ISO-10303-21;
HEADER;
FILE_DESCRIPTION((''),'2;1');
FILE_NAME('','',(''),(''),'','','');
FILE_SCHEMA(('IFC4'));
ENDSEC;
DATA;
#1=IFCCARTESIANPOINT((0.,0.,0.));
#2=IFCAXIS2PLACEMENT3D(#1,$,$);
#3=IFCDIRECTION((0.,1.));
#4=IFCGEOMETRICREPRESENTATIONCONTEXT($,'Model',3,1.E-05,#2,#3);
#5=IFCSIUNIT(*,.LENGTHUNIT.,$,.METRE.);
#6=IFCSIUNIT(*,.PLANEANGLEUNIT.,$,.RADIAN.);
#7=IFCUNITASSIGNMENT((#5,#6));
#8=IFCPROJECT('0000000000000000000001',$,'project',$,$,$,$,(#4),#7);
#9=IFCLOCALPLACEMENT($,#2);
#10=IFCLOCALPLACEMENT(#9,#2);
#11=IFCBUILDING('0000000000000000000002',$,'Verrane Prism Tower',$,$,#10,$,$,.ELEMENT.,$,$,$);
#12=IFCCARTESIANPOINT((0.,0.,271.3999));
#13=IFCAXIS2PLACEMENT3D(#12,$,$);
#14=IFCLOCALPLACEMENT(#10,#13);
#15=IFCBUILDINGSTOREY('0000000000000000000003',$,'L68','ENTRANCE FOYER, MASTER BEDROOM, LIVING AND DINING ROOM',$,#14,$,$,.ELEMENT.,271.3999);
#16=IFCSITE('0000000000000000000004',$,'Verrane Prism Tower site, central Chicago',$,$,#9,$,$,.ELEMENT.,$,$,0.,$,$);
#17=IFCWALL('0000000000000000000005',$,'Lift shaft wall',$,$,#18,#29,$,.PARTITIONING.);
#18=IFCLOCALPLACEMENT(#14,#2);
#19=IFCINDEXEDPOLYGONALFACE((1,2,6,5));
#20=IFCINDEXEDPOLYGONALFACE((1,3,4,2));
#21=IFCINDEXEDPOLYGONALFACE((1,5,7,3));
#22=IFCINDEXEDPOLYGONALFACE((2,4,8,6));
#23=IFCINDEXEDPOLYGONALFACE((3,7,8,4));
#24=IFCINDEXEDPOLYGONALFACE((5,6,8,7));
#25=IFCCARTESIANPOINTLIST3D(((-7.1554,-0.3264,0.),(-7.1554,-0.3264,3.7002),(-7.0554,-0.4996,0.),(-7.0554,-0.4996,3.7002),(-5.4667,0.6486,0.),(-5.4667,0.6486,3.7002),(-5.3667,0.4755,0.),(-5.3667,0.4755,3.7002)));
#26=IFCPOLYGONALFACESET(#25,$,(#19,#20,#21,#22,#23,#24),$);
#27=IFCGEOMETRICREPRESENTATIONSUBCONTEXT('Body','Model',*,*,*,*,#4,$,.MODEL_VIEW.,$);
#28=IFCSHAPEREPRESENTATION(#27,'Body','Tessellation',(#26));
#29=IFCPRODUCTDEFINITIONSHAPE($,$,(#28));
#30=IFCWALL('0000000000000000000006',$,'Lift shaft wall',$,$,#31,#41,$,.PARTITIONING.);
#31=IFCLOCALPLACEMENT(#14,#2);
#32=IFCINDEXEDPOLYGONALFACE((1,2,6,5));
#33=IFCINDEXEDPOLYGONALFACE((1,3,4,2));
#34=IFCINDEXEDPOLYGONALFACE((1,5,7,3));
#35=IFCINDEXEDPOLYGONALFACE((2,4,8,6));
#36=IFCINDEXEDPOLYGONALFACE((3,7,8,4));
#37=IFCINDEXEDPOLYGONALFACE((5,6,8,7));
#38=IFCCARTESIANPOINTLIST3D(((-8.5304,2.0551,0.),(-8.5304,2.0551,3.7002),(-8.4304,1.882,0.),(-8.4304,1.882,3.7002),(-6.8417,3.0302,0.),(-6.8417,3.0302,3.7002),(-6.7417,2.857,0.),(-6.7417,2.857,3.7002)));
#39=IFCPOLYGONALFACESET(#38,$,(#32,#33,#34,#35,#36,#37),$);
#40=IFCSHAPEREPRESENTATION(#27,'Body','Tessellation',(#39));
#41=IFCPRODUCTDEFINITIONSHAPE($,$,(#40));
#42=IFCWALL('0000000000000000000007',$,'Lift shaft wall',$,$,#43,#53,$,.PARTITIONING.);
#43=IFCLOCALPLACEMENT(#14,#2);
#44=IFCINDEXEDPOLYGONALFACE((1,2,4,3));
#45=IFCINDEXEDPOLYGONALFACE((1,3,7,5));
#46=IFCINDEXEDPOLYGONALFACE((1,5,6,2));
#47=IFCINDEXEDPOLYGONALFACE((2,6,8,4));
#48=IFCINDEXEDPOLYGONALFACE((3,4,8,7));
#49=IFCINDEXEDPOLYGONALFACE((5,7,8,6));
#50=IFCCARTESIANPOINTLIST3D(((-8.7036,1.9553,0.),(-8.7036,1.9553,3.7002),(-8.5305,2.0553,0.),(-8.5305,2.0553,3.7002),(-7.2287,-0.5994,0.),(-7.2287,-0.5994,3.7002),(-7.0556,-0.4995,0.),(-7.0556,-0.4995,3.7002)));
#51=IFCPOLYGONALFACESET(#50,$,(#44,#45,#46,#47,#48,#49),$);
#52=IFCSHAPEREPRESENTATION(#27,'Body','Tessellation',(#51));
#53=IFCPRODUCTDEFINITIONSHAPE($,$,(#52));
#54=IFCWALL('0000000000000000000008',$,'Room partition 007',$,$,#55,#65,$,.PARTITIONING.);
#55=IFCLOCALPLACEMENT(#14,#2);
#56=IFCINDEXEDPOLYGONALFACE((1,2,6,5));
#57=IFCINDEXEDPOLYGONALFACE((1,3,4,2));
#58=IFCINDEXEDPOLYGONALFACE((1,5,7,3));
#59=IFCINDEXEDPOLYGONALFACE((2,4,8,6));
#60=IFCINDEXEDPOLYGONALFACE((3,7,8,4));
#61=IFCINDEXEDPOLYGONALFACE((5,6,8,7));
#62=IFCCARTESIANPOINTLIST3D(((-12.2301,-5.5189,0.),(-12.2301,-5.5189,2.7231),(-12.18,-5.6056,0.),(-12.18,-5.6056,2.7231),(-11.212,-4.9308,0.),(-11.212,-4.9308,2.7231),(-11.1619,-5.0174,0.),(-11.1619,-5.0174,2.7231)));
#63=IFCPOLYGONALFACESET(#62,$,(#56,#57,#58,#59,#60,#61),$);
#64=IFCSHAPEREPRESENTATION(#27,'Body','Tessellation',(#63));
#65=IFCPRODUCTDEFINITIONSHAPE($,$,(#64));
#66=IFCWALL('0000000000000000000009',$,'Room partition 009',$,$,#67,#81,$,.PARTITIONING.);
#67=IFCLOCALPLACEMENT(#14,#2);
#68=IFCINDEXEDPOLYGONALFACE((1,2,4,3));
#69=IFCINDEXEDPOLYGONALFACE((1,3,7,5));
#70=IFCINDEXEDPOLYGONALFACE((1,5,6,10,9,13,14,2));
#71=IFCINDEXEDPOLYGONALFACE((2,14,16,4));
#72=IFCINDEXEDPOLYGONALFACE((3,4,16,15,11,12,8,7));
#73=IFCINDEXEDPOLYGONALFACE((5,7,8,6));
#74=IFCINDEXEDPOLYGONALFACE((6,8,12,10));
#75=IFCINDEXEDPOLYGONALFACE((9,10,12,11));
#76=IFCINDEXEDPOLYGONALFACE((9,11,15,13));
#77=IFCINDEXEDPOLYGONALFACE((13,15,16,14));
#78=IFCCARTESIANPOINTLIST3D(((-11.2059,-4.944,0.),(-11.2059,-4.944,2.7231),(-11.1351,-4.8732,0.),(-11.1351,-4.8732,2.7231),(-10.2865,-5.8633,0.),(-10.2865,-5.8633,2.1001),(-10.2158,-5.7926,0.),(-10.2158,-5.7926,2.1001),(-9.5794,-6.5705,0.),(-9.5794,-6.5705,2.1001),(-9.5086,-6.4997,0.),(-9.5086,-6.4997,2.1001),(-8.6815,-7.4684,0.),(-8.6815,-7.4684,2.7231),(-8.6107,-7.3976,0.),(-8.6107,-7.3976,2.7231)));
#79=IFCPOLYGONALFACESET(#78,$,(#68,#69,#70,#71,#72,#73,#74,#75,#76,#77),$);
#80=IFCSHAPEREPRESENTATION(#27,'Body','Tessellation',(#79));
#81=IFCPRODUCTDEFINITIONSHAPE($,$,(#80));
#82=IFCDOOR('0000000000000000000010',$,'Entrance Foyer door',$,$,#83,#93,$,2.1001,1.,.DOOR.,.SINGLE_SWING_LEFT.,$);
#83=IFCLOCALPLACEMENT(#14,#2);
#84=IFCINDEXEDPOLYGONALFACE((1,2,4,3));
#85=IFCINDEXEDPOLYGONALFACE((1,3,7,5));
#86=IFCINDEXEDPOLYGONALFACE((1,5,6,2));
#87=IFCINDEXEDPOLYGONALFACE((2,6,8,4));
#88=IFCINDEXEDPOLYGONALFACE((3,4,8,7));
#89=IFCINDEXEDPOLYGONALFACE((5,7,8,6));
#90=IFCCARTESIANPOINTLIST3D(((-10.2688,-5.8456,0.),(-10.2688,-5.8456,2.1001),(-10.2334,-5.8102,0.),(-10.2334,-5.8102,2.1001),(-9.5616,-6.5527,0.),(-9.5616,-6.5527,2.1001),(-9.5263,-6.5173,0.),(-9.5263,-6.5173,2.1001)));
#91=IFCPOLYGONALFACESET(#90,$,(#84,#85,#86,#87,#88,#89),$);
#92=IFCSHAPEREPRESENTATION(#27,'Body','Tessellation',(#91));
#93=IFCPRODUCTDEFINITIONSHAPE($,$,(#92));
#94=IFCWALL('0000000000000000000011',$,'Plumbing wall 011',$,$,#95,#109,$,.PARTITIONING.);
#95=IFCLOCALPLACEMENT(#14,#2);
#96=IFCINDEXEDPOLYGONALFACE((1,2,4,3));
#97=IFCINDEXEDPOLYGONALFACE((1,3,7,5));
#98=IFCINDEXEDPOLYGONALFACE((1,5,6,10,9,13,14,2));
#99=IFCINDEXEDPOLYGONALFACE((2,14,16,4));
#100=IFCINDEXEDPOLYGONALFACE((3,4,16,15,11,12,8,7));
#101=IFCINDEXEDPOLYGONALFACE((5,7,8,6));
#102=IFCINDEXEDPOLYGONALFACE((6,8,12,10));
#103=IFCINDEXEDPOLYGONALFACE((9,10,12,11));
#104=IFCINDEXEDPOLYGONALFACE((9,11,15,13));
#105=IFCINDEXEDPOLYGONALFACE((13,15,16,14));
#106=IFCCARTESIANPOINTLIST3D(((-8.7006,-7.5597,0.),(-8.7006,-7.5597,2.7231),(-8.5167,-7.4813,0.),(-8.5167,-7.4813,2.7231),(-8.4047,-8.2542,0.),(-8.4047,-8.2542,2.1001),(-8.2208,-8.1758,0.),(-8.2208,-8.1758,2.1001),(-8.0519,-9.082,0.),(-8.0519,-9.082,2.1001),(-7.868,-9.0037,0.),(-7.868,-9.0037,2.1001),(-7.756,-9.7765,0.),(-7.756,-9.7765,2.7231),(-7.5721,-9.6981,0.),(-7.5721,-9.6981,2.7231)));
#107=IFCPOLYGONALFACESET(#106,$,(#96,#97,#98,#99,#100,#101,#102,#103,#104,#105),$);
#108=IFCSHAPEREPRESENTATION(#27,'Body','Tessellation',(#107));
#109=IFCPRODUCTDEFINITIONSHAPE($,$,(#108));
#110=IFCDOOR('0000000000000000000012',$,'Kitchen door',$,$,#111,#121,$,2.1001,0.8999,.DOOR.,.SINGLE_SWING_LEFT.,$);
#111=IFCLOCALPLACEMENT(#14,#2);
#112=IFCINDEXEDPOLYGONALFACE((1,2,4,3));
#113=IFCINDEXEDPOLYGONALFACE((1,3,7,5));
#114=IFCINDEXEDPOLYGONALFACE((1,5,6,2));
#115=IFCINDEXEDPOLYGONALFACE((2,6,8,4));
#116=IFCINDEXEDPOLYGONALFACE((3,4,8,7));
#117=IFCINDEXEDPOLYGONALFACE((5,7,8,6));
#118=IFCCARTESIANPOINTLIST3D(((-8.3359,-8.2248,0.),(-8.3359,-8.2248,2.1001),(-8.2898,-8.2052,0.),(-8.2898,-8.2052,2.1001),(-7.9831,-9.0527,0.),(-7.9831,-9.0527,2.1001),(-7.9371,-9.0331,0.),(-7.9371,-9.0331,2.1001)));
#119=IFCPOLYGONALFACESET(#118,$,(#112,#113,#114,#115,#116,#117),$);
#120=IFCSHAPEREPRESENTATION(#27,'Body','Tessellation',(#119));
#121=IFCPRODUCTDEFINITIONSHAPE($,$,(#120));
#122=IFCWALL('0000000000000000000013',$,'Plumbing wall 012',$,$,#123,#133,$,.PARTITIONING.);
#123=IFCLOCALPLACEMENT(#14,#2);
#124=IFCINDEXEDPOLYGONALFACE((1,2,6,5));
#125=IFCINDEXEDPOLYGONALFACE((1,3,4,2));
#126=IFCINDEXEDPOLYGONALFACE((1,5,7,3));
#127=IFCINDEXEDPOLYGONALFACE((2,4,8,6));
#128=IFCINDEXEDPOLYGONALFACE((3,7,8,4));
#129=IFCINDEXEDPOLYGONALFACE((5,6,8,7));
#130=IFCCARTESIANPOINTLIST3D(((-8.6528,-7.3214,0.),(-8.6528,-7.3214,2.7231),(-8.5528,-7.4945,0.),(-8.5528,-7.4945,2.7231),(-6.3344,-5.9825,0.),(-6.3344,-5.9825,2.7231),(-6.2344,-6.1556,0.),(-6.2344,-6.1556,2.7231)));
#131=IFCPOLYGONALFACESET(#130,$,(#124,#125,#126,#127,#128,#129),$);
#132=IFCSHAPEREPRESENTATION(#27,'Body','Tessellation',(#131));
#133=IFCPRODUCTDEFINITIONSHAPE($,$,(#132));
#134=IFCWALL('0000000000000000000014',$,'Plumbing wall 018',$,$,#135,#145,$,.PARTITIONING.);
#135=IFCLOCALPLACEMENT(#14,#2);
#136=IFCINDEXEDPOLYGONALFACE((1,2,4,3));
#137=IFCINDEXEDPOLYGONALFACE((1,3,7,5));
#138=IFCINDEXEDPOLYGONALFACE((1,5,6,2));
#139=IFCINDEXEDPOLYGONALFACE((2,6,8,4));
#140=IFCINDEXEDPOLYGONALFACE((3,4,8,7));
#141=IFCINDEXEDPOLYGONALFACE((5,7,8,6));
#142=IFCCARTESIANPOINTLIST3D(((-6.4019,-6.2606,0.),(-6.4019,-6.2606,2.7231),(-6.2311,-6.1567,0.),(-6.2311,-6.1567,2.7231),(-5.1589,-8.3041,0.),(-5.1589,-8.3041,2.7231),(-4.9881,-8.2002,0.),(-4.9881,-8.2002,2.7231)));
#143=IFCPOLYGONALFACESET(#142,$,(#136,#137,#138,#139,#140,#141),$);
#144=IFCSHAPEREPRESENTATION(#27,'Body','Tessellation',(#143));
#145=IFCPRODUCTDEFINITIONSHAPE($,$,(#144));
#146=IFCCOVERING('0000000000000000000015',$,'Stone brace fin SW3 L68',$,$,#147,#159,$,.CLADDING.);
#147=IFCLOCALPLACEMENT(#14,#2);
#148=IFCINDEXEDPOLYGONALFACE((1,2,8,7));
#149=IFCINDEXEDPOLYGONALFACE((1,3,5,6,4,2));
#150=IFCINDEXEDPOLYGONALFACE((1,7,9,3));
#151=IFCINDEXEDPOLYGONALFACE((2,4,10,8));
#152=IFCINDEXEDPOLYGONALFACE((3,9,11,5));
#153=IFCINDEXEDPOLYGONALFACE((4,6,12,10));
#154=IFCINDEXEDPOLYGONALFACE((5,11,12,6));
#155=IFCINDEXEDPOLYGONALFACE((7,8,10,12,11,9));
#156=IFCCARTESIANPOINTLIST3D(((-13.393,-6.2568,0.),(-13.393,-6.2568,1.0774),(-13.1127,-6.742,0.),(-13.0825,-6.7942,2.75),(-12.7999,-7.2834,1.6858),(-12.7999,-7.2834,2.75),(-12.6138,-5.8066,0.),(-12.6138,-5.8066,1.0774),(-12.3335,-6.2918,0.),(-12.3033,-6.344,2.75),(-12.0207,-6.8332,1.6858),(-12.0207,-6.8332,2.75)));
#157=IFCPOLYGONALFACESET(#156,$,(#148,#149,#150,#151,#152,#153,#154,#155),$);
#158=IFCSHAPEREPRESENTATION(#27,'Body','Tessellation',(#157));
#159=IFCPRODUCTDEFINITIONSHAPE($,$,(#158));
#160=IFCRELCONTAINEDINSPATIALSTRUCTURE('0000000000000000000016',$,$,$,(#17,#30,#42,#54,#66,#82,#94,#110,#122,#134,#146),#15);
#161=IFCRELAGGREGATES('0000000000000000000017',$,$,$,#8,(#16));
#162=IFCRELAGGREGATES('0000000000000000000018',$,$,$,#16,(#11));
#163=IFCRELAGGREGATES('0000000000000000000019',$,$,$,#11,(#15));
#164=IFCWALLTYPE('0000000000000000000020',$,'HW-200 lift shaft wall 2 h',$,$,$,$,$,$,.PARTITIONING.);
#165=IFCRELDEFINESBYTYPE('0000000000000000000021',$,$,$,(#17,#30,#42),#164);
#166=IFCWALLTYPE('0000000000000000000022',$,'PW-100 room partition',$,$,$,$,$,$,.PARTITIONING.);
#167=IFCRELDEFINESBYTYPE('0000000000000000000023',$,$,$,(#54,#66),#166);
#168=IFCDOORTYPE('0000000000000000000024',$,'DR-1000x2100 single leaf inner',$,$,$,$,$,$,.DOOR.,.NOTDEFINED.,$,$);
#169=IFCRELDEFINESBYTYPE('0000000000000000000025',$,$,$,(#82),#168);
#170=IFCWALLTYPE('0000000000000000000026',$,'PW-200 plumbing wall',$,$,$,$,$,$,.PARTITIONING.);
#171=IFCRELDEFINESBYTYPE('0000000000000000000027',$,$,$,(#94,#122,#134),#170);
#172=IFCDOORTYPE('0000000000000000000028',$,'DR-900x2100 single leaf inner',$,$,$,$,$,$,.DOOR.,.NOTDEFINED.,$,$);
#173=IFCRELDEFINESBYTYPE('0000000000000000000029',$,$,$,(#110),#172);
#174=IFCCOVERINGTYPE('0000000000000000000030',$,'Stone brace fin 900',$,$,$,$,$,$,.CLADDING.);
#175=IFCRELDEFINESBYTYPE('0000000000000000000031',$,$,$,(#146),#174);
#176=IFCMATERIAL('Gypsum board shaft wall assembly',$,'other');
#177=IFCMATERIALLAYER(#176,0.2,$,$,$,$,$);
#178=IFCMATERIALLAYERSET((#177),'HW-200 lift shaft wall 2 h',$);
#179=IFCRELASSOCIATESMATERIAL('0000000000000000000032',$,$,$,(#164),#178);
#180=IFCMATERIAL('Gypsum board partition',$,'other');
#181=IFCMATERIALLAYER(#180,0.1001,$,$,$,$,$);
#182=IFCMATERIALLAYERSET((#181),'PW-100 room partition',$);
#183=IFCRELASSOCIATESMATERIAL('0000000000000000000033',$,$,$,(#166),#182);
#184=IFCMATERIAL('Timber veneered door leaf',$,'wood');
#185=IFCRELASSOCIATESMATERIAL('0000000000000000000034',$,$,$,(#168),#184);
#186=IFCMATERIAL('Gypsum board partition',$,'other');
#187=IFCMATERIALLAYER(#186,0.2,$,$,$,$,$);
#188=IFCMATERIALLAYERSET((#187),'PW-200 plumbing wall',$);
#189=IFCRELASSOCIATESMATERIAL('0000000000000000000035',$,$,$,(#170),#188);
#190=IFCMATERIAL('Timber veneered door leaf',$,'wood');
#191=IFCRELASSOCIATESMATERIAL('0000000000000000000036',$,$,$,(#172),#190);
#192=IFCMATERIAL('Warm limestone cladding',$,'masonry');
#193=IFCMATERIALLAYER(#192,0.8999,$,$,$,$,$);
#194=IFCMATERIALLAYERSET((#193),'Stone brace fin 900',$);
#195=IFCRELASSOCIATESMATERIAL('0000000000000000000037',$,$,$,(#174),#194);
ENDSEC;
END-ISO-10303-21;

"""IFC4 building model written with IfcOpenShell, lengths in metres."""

from ifc_helpers import new_model, si_unit, direction, frame, frame_2d, origin, place, context, subcontext, project, spatial, polyline, rectangle, outline, extrude, material, layer, layer_set, type_object, element, fill, save


model = new_model("IFC4")

# Units and contexts
model_context = context("Model", 3, precision=1e-05, world=origin(), true_north=direction((0.0, 1.0)))
body_context = subcontext(model_context, "Body", "Model", "MODEL_VIEW")
ifc_project = project(units=[si_unit("LENGTHUNIT", "METRE"), si_unit("PLANEANGLEUNIT", "RADIAN")], contexts=[model_context])

# Site, building, storey
site_placement = place(None, origin())
site = spatial("IfcSite", under=ifc_project, at=site_placement, Name="Verrane Prism Tower site, central Chicago", CompositionType="ELEMENT", RefElevation=0.0)
building_placement = place(site_placement, origin())
building = spatial("IfcBuilding", under=site, at=building_placement, Name="Verrane Prism Tower", CompositionType="ELEMENT")
storey_placement = place(building_placement, frame((0.0, 0.0, 271.3999)))
storey = spatial("IfcBuildingStorey", under=building, at=storey_placement, Name="L68", Description="ENTRANCE FOYER, MASTER BEDROOM, LIVING AND DINING ROOM", CompositionType="ELEMENT", Elevation=271.3999)

# Walls
ifc_material_1 = material(Name="Gypsum board shaft wall assembly", Category="other")
ifc_layer_1 = layer(ifc_material_1, 0.2)
ifc_layer_set_1 = layer_set([ifc_layer_1], Name="HW-200 lift shaft wall 2 h")
wall_type_1 = type_object("IfcWallType", Name="HW-200 lift shaft wall 2 h", PredefinedType="PARTITIONING", material=ifc_layer_set_1)
for number, where, z_axis, x_axis, name in (
    (1, (-7.1055, -0.4131, 0.0), (0.0, 0.0, 1.0), (0.866, 0.500044, 0.0), "Lift shaft wall"),
    (2, (-8.4805, 1.9685, 0.0), (0.0, 0.0, 1.0), (0.866, 0.500044, 0.0), "Lift shaft wall"),
):
    element("IfcWall", number, at=place(storey_placement, frame(where, z_axis=z_axis, x_axis=x_axis)), inside=storey, type_object=wall_type_1, Name=name, PredefinedType="PARTITIONING", context=body_context, shape_type="SweptSolid", body=[
        extrude(rectangle(XDim=1.95, YDim=0.2, at=frame_2d((0.9751, 0.0))), origin(), (0.0, 0.0, 1.0), 3.7002),
    ])
wall_1_placement = place(storey_placement, frame((-7.1421, -0.5496, 0.0), z_axis=(0.0, 0.0, 1.0), x_axis=(-0.499976, 0.866039, 0.0)))
element("IfcWall", 3, at=wall_1_placement, inside=storey, type_object=wall_type_1, Name="Lift shaft wall", PredefinedType="PARTITIONING", context=body_context, shape_type="SweptSolid", body=[
    extrude(rectangle(XDim=2.95, YDim=0.2, at=frame_2d((1.4751, 0.0))), origin(), (0.0, 0.0, 1.0), 3.7002),
])
ifc_material_2 = material(Name="Gypsum board partition", Category="other")
ifc_layer_2 = layer(ifc_material_2, 0.1001)
ifc_layer_set_2 = layer_set([ifc_layer_2], Name="PW-100 room partition")
wall_type_2 = type_object("IfcWallType", Name="PW-100 room partition", PredefinedType="PARTITIONING", material=ifc_layer_set_2)
wall_2_placement = place(storey_placement, frame((-12.2051, -5.5623, 0.0), z_axis=(0.0, 0.0, 1.0), x_axis=(0.865895, 0.500226, 0.0)))
element("IfcWall", 4, at=wall_2_placement, inside=storey, type_object=wall_type_2, Name="Room partition 007", PredefinedType="PARTITIONING", context=body_context, shape_type="SweptSolid", body=[
    extrude(rectangle(XDim=1.1758, YDim=0.1001, at=frame_2d((0.5879, 0.0))), origin(), (0.0, 0.0, 1.0), 2.7231),
])

# Walls, openings, doors
wall_3_placement = place(storey_placement, frame((-8.646, -7.4331, 0.0), z_axis=(0.0, 0.0, 1.0), x_axis=(-0.707107, 0.707107, 0.0)))
wall_3 = element("IfcWall", 5, at=wall_3_placement, inside=storey, type_object=wall_type_2, Name="Room partition 009", PredefinedType="PARTITIONING", context=body_context, shape_type="SweptSolid", body=[
    extrude(rectangle(XDim=3.5701, YDim=0.1001, at=frame_2d((1.7852, 0.0))), origin(), (0.0, 0.0, 1.0), 2.7231),
])
opening_1_placement = place(wall_3_placement, frame((1.27, 0.0, 0.0)))
opening_1 = element("IfcOpeningElement", 6, at=opening_1_placement, cuts=wall_3, PredefinedType="OPENING", context=body_context, shape_type="SweptSolid", body=[
    extrude(rectangle(XDim=1.0, YDim=2.1001, at=frame_2d((0.5, 1.05))), frame((0.0, 0.0601, 0.0), z_axis=(0.0, -1.0, 0.0), x_axis=(1.0, 0.0, 0.0)), (0.0, 0.0, 1.0), 0.1201),
])
ifc_material_3 = material(Name="Timber veneered door leaf", Category="wood")
door_type_1 = type_object("IfcDoorType", Name="DR-1000x2100 single leaf inner", OperationType="NOTDEFINED", PredefinedType="DOOR", material=ifc_material_3)
door_1_placement = place(opening_1_placement, origin())
door_1 = element("IfcDoor", 7, at=door_1_placement, inside=storey, type_object=door_type_1, Name="Entrance Foyer door", OperationType="SINGLE_SWING_LEFT", OverallHeight=2.1001, OverallWidth=1.0, PredefinedType="DOOR", context=body_context, shape_type="SweptSolid", body=[
    extrude(rectangle(XDim=1.0, YDim=2.1001, at=frame_2d((0.5, 1.05))), frame((0.0, 0.0249, 0.0), z_axis=(0.0, -1.0, 0.0), x_axis=(1.0, 0.0, 0.0)), (0.0, 0.0, 1.0), 0.05),
])
fill(opening_1, door_1)
ifc_material_4 = material(Name="Gypsum board partition", Category="other")
ifc_layer_3 = layer(ifc_material_4, 0.2)
ifc_layer_set_3 = layer_set([ifc_layer_3], Name="PW-200 plumbing wall")
wall_type_3 = type_object("IfcWallType", Name="PW-200 plumbing wall", PredefinedType="PARTITIONING", material=ifc_layer_set_3)
wall_4_placement = place(storey_placement, frame((-8.6086, -7.5205, 0.0), z_axis=(0.0, 0.0, 1.0), x_axis=(0.391999, -0.919966, 0.0)))
wall_4 = element("IfcWall", 8, at=wall_4_placement, inside=storey, type_object=wall_type_3, Name="Plumbing wall 011", PredefinedType="PARTITIONING", context=body_context, shape_type="SweptSolid", body=[
    extrude(rectangle(XDim=2.4097, YDim=0.2, at=frame_2d((1.2048, 0.0))), origin(), (0.0, 0.0, 1.0), 2.7231),
])
opening_2_placement = place(wall_4_placement, frame((0.7549, 0.0, 0.0)))
opening_2 = element("IfcOpeningElement", 9, at=opening_2_placement, cuts=wall_4, PredefinedType="OPENING", context=body_context, shape_type="SweptSolid", body=[
    extrude(rectangle(XDim=0.8999, YDim=2.1001, at=frame_2d((0.45, 1.05))), frame((0.0, 0.1099, 0.0), z_axis=(0.0, -1.0, 0.0), x_axis=(1.0, 0.0, 0.0)), (0.0, 0.0, 1.0), 0.22),
])
ifc_material_5 = material(Name="Timber veneered door leaf", Category="wood")
door_type_2 = type_object("IfcDoorType", Name="DR-900x2100 single leaf inner", OperationType="NOTDEFINED", PredefinedType="DOOR", material=ifc_material_5)
door_2_placement = place(opening_2_placement, origin())
door_2 = element("IfcDoor", 10, at=door_2_placement, inside=storey, type_object=door_type_2, Name="Kitchen door", OperationType="SINGLE_SWING_LEFT", OverallHeight=2.1001, OverallWidth=0.8999, PredefinedType="DOOR", context=body_context, shape_type="SweptSolid", body=[
    extrude(rectangle(XDim=0.8999, YDim=2.1001, at=frame_2d((0.45, 1.05))), frame((0.0, 0.0249, 0.0), z_axis=(0.0, -1.0, 0.0), x_axis=(1.0, 0.0, 0.0)), (0.0, 0.0, 1.0), 0.05),
])
fill(opening_2, door_2)

# Walls
wall_5_placement = place(storey_placement, frame((-8.6028, -7.408, 0.0), z_axis=(0.0, 0.0, 1.0), x_axis=(0.865967, 0.500101, 0.0)))
element("IfcWall", 11, at=wall_5_placement, inside=storey, type_object=wall_type_3, Name="Plumbing wall 012", PredefinedType="PARTITIONING", context=body_context, shape_type="SweptSolid", body=[
    extrude(rectangle(XDim=2.6772, YDim=0.2, at=frame_2d((1.3386, 0.0))), origin(), (0.0, 0.0, 1.0), 2.7231),
])
wall_6_placement = place(storey_placement, frame((-6.3164, -6.2087, 0.0), z_axis=(0.0, 0.0, 1.0), x_axis=(0.519665, -0.85437, 0.0)))
element("IfcWall", 12, at=wall_6_placement, inside=storey, type_object=wall_type_3, Name="Plumbing wall 018", PredefinedType="PARTITIONING", context=body_context, shape_type="SweptSolid", body=[
    extrude(rectangle(XDim=2.3918, YDim=0.2, at=frame_2d((1.1958, 0.0))), origin(), (0.0, 0.0, 1.0), 2.7231),
])

# Covering
ifc_material_6 = material(Name="Warm limestone cladding", Category="masonry")
ifc_layer_4 = layer(ifc_material_6, 0.8999)
ifc_layer_set_4 = layer_set([ifc_layer_4], Name="Stone brace fin 900")
covering_type = type_object("IfcCoveringType", Name="Stone brace fin 900", PredefinedType="CLADDING", material=ifc_layer_set_4)
covering_placement = place(storey_placement, frame((-13.0034, -6.0317, 0.0), z_axis=(0.0, 0.0, 1.0), x_axis=(0.500281, -0.865863, 0.0)))
element("IfcCovering", 13, at=covering_placement, inside=storey, type_object=covering_type, Name="Stone brace fin SW3 L68", PredefinedType="CLADDING", context=body_context, shape_type="SweptSolid", body=[
    extrude(outline(polyline([(1.1855, 2.75), (0.6206, 2.75), (0.0, 1.0774), (0.0, 0.0), (0.5603, 0.0), (1.1855, 1.6858), (1.1855, 2.75)])), frame((0.0, 0.45, 0.0), z_axis=(0.0, -1.0, 0.0), x_axis=(1.0, 0.0, 0.0)), (0.0, 0.0, 1.0), 0.8999),
])

save(model, "model.ifc")
